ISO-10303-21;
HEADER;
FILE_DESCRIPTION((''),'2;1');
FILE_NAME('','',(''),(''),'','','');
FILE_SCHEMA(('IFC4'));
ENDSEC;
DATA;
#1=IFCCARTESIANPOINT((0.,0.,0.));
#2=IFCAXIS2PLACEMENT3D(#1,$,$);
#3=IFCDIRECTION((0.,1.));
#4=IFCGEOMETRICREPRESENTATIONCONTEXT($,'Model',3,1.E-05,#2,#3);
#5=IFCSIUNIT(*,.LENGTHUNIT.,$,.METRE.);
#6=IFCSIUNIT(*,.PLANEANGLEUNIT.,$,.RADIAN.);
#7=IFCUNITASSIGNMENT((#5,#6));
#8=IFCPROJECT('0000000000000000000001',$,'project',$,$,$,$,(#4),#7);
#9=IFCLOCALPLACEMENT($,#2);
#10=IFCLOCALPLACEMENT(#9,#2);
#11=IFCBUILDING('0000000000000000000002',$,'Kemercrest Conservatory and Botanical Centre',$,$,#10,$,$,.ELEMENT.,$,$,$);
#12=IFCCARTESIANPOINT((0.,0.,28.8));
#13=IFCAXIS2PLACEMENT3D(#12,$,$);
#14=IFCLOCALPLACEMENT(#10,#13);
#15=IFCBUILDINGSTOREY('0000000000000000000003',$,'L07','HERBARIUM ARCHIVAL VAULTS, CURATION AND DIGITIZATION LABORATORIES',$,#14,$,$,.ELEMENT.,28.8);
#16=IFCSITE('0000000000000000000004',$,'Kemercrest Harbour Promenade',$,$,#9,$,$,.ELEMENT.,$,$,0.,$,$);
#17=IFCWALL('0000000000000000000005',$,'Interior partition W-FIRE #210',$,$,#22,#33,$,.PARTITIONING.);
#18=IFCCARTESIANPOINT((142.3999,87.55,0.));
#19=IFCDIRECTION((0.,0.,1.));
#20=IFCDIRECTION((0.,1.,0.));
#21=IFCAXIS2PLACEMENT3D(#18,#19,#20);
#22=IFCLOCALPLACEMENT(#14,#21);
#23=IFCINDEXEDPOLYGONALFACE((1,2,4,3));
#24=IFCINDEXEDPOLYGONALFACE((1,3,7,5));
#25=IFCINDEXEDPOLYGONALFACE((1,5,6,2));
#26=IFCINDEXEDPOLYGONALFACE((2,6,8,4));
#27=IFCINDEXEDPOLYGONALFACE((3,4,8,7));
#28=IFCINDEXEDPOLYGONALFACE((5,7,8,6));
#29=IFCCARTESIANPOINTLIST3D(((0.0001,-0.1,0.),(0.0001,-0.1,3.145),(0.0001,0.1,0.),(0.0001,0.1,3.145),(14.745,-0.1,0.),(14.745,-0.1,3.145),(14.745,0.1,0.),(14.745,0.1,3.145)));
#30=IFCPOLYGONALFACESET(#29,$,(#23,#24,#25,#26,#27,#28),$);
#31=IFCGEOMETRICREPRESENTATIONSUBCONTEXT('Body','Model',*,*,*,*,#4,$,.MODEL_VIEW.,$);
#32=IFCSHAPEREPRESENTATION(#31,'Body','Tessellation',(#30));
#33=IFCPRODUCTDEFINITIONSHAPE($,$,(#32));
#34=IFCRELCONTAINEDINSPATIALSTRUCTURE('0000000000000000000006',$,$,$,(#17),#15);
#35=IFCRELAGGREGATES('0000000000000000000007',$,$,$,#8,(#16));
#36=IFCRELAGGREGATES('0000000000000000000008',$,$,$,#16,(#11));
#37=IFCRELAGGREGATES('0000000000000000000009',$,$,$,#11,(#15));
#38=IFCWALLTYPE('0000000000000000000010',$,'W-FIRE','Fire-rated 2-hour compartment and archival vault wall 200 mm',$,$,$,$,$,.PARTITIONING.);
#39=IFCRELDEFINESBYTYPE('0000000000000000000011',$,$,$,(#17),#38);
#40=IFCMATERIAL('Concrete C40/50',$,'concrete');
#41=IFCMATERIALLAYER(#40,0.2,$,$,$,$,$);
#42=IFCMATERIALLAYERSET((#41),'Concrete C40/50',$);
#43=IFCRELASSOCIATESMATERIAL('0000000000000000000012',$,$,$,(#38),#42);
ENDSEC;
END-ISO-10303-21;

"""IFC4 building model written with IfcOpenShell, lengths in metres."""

from ifc_helpers import new_model, si_unit, direction, frame, frame_2d, origin, place, context, subcontext, project, spatial, rectangle, extrude, material, layer, layer_set, type_object, element, save


model = new_model("IFC4")

# Units and contexts
model_context = context("Model", 3, precision=1e-05, world=origin(), true_north=direction((0.0, 1.0)))
body_context = subcontext(model_context, "Body", "Model", "MODEL_VIEW")
ifc_project = project(units=[si_unit("LENGTHUNIT", "METRE"), si_unit("PLANEANGLEUNIT", "RADIAN")], contexts=[model_context])

# Site, building, storey
site_placement = place(None, origin())
site = spatial("IfcSite", under=ifc_project, at=site_placement, Name="Kemercrest Harbour Promenade", CompositionType="ELEMENT", RefElevation=0.0)
building_placement = place(site_placement, origin())
building = spatial("IfcBuilding", under=site, at=building_placement, Name="Kemercrest Conservatory and Botanical Centre", CompositionType="ELEMENT")
storey_placement = place(building_placement, frame((0.0, 0.0, 28.8)))
storey = spatial("IfcBuildingStorey", under=building, at=storey_placement, Name="L07", Description="HERBARIUM ARCHIVAL VAULTS, CURATION AND DIGITIZATION LABORATORIES", CompositionType="ELEMENT", Elevation=28.8)

# Shared definitions
ifc_material_1 = material(Name="Concrete C40/50", Category="concrete")

# Wall
ifc_layer_1 = layer(ifc_material_1, 0.2)
ifc_layer_set_1 = layer_set([ifc_layer_1], Name="Concrete C40/50")
wall_type_1 = type_object("IfcWallType", Name="W-FIRE", Description="Fire-rated 2-hour compartment and archival vault wall 200 mm", PredefinedType="PARTITIONING", material=ifc_layer_set_1)
wall_1_placement = place(storey_placement, frame((142.3999, 87.55, 0.0), z_axis=(0.0, 0.0, 1.0), x_axis=(0.0, 1.0, 0.0)))
element("IfcWall", 1, at=wall_1_placement, inside=storey, type_object=wall_type_1, Name="Interior partition W-FIRE #210", PredefinedType="PARTITIONING", context=body_context, shape_type="SweptSolid", body=[
    extrude(rectangle(XDim=14.7449, YDim=0.2, at=frame_2d((7.3726, 0.0))), origin(), (0.0, 0.0, 1.0), 3.145),
])

save(model, "model.ifc")
